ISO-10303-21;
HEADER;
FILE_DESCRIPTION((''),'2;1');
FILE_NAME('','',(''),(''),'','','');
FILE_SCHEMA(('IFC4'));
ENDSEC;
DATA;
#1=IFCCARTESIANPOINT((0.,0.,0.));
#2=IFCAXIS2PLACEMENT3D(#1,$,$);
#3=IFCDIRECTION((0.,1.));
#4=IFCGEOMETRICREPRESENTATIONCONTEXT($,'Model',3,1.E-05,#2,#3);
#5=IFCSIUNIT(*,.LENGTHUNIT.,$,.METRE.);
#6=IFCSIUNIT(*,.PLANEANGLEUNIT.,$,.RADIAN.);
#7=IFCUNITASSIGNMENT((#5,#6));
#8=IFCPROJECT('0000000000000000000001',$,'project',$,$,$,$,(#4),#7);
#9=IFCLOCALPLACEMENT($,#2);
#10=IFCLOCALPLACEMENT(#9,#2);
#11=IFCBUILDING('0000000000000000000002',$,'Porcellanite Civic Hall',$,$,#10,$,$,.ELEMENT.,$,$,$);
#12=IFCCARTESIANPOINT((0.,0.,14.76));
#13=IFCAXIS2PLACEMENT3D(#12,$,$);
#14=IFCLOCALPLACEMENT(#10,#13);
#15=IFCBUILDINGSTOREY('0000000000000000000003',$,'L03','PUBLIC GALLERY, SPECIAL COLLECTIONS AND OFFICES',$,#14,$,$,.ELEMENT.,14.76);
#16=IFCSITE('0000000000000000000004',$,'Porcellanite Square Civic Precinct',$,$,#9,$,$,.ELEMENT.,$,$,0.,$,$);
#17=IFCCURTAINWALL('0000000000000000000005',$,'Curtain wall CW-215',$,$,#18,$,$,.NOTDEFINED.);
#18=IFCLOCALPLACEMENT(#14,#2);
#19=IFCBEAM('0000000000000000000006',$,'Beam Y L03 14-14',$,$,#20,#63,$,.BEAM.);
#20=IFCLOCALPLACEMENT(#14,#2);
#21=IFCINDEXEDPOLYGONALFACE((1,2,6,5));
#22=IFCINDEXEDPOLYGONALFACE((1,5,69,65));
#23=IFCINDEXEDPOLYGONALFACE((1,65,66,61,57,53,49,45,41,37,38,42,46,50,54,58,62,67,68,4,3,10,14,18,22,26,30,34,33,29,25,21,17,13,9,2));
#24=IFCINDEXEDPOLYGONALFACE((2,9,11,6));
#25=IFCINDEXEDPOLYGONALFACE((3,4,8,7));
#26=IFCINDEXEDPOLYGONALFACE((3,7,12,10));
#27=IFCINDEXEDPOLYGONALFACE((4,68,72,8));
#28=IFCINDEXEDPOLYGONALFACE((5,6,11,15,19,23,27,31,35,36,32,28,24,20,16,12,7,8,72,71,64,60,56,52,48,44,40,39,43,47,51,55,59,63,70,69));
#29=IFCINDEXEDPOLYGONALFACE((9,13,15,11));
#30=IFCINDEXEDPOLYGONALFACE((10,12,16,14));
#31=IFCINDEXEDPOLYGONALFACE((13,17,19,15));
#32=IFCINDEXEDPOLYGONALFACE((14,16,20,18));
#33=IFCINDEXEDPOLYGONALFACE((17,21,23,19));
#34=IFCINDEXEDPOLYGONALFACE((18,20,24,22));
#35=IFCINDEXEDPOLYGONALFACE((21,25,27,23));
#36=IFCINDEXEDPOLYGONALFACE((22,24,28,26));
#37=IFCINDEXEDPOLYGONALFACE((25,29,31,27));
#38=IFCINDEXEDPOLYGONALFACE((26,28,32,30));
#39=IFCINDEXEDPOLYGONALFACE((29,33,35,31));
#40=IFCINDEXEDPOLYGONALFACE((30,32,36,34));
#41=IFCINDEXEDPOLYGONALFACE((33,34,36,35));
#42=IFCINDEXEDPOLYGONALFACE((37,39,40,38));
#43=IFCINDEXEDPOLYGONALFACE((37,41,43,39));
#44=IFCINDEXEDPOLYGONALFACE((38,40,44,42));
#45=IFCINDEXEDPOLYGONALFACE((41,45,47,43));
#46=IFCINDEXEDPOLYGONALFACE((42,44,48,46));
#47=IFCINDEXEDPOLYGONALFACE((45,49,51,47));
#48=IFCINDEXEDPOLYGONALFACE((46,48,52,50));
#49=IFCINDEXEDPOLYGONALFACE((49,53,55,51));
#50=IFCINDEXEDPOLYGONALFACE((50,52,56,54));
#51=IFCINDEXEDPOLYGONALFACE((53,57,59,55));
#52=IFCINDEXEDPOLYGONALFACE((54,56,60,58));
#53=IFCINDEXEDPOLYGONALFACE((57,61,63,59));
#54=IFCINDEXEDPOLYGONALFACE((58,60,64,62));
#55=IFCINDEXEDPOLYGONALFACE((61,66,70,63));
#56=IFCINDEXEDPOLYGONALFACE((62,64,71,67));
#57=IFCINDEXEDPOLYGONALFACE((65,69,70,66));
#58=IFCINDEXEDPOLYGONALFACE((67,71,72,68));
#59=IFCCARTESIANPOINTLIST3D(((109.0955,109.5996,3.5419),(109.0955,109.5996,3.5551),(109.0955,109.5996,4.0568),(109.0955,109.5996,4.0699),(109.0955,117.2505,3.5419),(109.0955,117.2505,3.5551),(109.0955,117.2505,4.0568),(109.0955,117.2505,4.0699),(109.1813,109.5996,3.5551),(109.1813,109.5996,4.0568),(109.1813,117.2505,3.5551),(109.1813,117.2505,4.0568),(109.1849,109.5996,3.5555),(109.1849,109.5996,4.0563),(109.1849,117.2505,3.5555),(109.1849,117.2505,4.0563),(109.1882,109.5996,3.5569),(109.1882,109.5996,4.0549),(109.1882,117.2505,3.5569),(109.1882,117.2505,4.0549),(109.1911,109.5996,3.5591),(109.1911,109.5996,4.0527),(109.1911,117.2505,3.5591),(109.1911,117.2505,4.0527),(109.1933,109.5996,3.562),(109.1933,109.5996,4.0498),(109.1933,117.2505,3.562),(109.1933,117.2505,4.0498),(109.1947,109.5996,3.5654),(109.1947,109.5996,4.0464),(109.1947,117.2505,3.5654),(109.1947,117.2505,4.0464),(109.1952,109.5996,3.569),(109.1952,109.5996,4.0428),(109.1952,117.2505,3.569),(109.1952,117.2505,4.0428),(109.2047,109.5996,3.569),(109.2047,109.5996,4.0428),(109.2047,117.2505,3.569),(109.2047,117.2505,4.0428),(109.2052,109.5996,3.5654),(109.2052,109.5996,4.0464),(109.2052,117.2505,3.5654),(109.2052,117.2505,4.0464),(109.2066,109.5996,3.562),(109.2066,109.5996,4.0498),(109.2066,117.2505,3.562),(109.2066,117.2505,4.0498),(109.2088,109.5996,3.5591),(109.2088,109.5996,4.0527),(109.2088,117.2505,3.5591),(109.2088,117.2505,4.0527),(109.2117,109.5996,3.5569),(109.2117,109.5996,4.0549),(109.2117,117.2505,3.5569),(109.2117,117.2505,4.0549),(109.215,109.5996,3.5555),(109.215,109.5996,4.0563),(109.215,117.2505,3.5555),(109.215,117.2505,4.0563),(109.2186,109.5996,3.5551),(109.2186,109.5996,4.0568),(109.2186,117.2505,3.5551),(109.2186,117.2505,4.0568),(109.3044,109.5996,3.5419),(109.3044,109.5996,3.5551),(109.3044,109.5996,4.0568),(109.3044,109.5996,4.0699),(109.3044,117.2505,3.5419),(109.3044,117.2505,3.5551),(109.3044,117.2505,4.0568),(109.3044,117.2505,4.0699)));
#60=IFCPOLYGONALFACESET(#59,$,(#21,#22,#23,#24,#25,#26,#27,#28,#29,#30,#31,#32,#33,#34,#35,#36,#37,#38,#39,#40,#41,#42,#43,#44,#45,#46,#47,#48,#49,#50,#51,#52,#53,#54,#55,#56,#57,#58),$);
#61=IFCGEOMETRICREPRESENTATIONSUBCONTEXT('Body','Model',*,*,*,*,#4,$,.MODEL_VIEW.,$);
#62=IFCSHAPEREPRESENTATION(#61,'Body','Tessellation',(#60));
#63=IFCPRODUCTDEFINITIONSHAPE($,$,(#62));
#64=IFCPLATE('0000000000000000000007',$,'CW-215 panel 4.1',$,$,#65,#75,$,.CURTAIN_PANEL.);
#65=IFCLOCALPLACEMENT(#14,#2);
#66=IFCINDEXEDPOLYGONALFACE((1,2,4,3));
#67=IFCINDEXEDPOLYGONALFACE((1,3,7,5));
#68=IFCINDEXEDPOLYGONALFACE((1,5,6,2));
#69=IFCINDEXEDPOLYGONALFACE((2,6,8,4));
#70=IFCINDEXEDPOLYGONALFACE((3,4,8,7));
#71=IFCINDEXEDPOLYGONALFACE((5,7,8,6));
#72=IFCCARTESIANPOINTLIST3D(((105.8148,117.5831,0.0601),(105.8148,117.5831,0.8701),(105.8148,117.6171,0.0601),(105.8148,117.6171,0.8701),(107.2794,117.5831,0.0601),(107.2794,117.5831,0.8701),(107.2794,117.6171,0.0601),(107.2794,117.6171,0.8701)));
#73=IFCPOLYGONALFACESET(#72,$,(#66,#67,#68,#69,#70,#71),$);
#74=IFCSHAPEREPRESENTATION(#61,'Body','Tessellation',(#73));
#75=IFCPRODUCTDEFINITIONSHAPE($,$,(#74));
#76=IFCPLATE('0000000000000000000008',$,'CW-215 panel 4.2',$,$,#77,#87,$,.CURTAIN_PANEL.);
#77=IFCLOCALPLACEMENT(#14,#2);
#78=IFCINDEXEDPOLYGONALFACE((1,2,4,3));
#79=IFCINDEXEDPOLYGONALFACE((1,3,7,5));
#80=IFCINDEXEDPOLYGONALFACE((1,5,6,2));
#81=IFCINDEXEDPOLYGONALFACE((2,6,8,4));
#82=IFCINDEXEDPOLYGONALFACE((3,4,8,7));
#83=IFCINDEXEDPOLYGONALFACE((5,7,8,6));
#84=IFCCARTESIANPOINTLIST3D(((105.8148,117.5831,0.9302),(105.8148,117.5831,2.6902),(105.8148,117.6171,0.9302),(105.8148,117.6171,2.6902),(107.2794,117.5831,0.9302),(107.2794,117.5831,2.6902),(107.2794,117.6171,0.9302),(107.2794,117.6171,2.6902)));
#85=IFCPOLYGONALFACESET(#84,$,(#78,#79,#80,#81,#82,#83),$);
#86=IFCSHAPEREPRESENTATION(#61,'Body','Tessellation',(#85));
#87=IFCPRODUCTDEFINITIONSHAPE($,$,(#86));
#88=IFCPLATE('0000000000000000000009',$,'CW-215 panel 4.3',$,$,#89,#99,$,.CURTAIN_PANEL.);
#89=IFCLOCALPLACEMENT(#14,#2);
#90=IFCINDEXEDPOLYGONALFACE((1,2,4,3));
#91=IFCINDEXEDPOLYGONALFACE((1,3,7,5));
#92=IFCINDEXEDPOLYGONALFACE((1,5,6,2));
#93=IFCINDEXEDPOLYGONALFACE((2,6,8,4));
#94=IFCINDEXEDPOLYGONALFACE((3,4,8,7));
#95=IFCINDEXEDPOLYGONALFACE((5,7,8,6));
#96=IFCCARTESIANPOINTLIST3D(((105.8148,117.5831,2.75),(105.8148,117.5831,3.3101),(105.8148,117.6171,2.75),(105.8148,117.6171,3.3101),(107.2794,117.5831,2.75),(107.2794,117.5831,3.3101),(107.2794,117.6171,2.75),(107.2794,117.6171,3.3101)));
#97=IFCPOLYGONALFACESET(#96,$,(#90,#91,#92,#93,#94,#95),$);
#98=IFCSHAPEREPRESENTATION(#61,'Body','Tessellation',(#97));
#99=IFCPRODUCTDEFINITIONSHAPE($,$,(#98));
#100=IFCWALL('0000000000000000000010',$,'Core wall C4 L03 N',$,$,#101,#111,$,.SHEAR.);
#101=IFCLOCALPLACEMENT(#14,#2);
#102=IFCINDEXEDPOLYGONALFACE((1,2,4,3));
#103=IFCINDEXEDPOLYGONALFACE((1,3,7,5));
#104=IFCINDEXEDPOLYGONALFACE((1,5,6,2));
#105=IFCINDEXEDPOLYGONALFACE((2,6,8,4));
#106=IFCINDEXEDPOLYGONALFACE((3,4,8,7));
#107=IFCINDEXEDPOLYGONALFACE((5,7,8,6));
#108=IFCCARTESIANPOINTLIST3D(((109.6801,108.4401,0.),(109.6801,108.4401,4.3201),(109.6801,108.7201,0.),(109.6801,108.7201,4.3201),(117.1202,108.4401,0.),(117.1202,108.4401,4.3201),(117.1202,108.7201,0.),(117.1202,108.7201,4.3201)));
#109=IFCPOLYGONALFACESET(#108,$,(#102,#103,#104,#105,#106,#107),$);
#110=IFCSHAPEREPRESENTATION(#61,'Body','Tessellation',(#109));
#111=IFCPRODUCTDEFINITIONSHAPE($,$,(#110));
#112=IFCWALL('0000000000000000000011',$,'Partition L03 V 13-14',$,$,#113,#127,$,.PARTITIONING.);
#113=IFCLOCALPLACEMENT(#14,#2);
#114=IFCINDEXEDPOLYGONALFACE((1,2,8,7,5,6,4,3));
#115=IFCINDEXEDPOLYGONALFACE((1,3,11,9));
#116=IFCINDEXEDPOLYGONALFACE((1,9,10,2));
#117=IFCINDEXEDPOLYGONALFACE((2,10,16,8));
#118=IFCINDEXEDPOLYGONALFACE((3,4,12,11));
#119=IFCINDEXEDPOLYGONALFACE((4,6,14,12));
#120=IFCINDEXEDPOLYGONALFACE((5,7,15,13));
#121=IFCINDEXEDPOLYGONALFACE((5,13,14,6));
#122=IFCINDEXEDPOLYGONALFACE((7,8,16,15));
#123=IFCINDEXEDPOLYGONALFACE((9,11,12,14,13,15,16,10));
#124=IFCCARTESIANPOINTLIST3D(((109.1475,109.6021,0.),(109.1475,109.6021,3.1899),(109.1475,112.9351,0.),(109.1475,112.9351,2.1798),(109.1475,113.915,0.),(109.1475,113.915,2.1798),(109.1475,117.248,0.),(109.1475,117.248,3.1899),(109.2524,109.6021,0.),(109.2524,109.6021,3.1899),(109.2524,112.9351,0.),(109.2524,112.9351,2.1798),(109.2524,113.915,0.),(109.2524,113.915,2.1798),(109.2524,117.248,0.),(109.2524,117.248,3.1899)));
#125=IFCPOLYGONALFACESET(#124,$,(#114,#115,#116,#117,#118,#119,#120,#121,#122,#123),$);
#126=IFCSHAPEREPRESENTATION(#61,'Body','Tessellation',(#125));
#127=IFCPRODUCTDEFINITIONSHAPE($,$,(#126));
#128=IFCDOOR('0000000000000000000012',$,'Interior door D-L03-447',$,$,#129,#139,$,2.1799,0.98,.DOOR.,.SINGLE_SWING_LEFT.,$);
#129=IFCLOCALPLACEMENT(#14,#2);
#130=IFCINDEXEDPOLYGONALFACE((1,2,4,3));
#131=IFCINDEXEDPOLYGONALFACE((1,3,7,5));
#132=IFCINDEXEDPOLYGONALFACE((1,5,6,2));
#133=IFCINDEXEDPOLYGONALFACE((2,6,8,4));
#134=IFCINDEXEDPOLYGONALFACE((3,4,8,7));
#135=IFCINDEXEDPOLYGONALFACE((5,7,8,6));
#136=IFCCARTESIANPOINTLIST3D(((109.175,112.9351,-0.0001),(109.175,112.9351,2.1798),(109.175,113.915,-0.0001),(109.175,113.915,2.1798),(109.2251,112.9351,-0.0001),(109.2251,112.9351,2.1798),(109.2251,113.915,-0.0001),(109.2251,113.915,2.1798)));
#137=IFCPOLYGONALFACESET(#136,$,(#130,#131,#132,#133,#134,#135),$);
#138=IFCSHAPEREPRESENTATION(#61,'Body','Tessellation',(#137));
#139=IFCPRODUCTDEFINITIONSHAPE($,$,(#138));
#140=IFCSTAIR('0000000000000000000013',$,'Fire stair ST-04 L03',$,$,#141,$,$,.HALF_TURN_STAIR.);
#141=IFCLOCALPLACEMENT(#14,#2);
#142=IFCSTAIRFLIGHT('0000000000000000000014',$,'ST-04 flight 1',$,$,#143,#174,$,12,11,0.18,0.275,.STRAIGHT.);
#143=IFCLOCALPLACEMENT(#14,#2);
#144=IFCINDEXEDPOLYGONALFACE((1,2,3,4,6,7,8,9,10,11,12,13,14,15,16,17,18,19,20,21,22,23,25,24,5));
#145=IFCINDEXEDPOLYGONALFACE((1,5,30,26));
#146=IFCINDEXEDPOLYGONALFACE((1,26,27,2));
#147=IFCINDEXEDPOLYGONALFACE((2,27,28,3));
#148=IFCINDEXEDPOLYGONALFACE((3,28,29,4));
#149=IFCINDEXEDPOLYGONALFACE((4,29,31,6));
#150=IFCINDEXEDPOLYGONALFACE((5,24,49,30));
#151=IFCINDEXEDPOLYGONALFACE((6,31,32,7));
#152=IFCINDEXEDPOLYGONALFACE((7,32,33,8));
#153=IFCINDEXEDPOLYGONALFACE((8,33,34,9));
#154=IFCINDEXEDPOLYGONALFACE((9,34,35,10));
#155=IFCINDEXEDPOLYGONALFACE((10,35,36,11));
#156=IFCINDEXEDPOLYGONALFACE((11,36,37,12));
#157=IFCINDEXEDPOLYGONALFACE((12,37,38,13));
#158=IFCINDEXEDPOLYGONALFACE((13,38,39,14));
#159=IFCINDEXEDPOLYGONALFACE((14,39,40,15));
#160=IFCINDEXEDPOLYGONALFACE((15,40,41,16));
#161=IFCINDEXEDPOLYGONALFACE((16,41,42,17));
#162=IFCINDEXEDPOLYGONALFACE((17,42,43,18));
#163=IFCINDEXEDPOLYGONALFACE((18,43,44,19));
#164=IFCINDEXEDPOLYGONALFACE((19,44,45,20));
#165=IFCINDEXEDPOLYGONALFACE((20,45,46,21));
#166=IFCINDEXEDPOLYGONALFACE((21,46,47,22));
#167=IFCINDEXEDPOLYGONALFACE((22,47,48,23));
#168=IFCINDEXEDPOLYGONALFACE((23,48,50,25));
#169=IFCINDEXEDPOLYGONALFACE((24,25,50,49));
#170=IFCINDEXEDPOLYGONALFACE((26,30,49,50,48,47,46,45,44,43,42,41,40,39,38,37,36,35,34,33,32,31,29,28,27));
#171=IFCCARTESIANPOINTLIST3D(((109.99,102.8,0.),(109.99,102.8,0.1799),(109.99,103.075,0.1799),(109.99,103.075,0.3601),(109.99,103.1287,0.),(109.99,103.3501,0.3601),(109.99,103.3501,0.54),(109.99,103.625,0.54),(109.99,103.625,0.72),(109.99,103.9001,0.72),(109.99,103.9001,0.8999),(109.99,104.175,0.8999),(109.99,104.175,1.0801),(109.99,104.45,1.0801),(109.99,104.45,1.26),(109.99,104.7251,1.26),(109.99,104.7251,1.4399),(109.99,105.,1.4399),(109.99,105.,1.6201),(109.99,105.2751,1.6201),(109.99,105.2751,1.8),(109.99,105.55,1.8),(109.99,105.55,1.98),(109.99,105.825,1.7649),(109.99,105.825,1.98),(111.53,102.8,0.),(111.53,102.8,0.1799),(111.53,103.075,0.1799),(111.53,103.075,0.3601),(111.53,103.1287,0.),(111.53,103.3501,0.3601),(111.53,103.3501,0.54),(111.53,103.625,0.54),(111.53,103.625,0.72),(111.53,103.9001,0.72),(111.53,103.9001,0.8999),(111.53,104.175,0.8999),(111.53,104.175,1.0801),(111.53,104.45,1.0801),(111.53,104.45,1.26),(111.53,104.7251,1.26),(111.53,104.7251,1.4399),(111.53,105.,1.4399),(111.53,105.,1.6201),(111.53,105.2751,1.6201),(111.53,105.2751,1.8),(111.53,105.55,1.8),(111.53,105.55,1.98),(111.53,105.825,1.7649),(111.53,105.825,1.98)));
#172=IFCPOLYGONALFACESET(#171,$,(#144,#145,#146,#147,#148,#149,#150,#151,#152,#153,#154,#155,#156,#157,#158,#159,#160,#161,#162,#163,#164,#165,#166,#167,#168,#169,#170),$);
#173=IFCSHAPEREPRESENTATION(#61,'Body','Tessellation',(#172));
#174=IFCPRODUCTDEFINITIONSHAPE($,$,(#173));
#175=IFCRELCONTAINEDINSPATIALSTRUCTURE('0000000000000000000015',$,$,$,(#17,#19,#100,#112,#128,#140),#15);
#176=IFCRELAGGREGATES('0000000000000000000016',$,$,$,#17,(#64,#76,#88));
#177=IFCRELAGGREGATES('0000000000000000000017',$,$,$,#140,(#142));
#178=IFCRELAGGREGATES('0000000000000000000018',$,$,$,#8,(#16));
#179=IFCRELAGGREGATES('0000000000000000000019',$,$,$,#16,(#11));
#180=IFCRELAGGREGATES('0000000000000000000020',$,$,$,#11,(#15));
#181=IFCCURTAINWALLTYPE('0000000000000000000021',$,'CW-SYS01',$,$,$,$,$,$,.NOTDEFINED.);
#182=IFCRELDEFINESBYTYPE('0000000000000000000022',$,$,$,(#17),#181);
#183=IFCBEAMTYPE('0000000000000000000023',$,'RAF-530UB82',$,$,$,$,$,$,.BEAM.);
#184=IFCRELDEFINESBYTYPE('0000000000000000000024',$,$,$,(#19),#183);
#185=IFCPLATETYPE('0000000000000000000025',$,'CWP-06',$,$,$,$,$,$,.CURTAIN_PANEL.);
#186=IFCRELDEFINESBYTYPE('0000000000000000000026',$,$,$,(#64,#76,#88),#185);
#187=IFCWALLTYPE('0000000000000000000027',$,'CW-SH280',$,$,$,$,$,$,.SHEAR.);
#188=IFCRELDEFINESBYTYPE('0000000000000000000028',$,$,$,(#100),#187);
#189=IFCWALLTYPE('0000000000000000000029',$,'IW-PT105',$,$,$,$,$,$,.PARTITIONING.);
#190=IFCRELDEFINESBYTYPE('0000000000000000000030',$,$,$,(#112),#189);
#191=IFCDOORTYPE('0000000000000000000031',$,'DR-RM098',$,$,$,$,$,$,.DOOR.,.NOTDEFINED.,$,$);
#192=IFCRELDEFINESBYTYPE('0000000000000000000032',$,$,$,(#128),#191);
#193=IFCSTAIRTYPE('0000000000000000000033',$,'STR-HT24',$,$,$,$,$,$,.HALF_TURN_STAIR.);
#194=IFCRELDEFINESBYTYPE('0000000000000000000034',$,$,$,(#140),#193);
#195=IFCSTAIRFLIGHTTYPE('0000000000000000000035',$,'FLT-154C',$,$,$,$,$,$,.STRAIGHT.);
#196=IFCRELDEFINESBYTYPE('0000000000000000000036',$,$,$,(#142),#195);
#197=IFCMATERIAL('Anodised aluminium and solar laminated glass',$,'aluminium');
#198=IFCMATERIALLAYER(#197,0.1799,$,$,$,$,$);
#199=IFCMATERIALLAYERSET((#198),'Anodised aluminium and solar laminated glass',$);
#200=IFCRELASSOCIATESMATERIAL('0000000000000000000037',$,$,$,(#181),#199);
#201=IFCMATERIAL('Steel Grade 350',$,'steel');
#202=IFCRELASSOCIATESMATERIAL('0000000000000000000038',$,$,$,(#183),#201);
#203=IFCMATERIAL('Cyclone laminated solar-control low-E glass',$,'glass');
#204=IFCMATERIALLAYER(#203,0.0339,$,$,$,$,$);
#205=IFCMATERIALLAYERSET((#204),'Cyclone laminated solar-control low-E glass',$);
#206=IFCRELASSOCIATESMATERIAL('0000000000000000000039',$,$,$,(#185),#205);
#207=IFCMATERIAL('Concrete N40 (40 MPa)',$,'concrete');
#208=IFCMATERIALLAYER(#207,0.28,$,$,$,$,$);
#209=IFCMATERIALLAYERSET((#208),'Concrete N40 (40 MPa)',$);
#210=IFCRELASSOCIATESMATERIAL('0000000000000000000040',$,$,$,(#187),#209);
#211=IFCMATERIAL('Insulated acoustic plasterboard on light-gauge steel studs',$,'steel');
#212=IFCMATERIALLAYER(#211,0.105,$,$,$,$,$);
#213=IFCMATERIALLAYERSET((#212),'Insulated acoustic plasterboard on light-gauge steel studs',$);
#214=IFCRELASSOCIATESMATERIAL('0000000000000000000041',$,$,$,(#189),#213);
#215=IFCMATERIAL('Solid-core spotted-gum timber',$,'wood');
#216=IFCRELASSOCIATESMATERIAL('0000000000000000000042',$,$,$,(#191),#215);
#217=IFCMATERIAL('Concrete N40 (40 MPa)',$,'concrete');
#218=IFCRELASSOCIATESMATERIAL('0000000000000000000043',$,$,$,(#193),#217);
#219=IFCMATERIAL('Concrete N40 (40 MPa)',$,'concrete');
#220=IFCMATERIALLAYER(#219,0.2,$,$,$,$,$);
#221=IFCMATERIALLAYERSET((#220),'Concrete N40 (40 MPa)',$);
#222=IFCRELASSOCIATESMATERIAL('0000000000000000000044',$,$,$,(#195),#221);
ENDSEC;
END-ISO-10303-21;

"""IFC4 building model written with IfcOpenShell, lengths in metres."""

from ifc_helpers import new_model, si_unit, direction, frame, frame_2d, origin, origin_2d, place, context, subcontext, project, spatial, polyline, rectangle, i_section, outline, extrude, material, layer, layer_set, material_profile, profile_set, type_object, element, fill, aggregate, save


model = new_model("IFC4")

# Units and contexts
model_context = context("Model", 3, precision=1e-05, world=origin(), true_north=direction((0.0, 1.0)))
body_context = subcontext(model_context, "Body", "Model", "MODEL_VIEW")
ifc_project = project(units=[si_unit("LENGTHUNIT", "METRE"), si_unit("PLANEANGLEUNIT", "RADIAN")], contexts=[model_context])

# Site, building, storey
site_placement = place(None, origin())
site = spatial("IfcSite", under=ifc_project, at=site_placement, Name="Porcellanite Square Civic Precinct", CompositionType="ELEMENT", RefElevation=0.0)
building_placement = place(site_placement, origin())
building = spatial("IfcBuilding", under=site, at=building_placement, Name="Porcellanite Civic Hall", CompositionType="ELEMENT")
storey_placement = place(building_placement, frame((0.0, 0.0, 14.76)))
storey = spatial("IfcBuildingStorey", under=building, at=storey_placement, Name="L03", Description="PUBLIC GALLERY, SPECIAL COLLECTIONS AND OFFICES", CompositionType="ELEMENT", Elevation=14.76)

# Curtain wall
ifc_material_1 = material(Name="Anodised aluminium and solar laminated glass", Category="aluminium")
ifc_layer_1 = layer(ifc_material_1, 0.1799)
ifc_layer_set_1 = layer_set([ifc_layer_1], Name="Anodised aluminium and solar laminated glass")
curtain_wall_type = type_object("IfcCurtainWallType", Name="CW-SYS01", PredefinedType="NOTDEFINED", material=ifc_layer_set_1)
curtain_wall_placement = place(storey_placement, origin())
curtain_wall = element("IfcCurtainWall", 1, at=curtain_wall_placement, inside=storey, type_object=curtain_wall_type, Name="Curtain wall CW-215", PredefinedType="NOTDEFINED")

# Beam
ifc_material_2 = material(Name="Steel Grade 350", Category="steel")
ifc_material_profile_1 = material_profile(ifc_material_2, i_section(OverallWidth=0.209, OverallDepth=0.5281, WebThickness=0.0095, FlangeThickness=0.0132, FilletRadius=0.0139, at=origin_2d()), Name="530UB82.0")
ifc_profile_set_1 = profile_set([ifc_material_profile_1], Name="Steel Grade 350")
beam_type_1 = type_object("IfcBeamType", Name="RAF-530UB82", PredefinedType="BEAM", material=ifc_profile_set_1)
beam_1_placement = place(storey_placement, frame((109.2, 109.5996, 3.8059), z_axis=(0.0, 1.0, 0.0), x_axis=(-1.0, 0.0, 0.0)))
element("IfcBeam", 2, at=beam_1_placement, inside=storey, type_object=beam_type_1, Name="Beam Y L03 14-14", PredefinedType="BEAM", context=body_context, shape_type="SweptSolid", body=[
    extrude(i_section(OverallWidth=0.209, OverallDepth=0.5281, WebThickness=0.0095, FlangeThickness=0.0132, FilletRadius=0.0139, at=origin_2d()), origin(), (0.0, 0.0, 1.0), 7.6509),
])

# Plates
ifc_material_3 = material(Name="Cyclone laminated solar-control low-E glass", Category="glass")
ifc_layer_2 = layer(ifc_material_3, 0.0339)
ifc_layer_set_2 = layer_set([ifc_layer_2], Name="Cyclone laminated solar-control low-E glass")
plate_type = type_object("IfcPlateType", Name="CWP-06", PredefinedType="CURTAIN_PANEL", material=ifc_layer_set_2)
plate_1_placement = place(storey_placement, frame((106.5471, 117.6001, 0.0601), z_axis=(0.0, 0.0, 1.0), x_axis=(1.0, 0.0, 0.0)))
plate_1 = element("IfcPlate", 3, at=plate_1_placement, type_object=plate_type, Name="CW-215 panel 4.1", PredefinedType="CURTAIN_PANEL", context=body_context, shape_type="SweptSolid", body=[
    extrude(rectangle(XDim=1.4646, YDim=0.0339, at=origin_2d()), origin(), (0.0, 0.0, 1.0), 0.8101),
])
plate_2_placement = place(storey_placement, frame((106.5471, 117.6001, 0.9302), z_axis=(0.0, 0.0, 1.0), x_axis=(1.0, 0.0, 0.0)))
plate_2 = element("IfcPlate", 4, at=plate_2_placement, type_object=plate_type, Name="CW-215 panel 4.2", PredefinedType="CURTAIN_PANEL", context=body_context, shape_type="SweptSolid", body=[
    extrude(rectangle(XDim=1.4646, YDim=0.0339, at=origin_2d()), origin(), (0.0, 0.0, 1.0), 1.76),
])
plate_3_placement = place(storey_placement, frame((106.5471, 117.6001, 2.75), z_axis=(0.0, 0.0, 1.0), x_axis=(1.0, 0.0, 0.0)))
plate_3 = element("IfcPlate", 5, at=plate_3_placement, type_object=plate_type, Name="CW-215 panel 4.3", PredefinedType="CURTAIN_PANEL", context=body_context, shape_type="SweptSolid", body=[
    extrude(rectangle(XDim=1.4646, YDim=0.0339, at=origin_2d()), origin(), (0.0, 0.0, 1.0), 0.5601),
])
aggregate(curtain_wall, [plate_1, plate_2, plate_3])

# Wall
ifc_material_4 = material(Name="Concrete N40 (40 MPa)", Category="concrete")
ifc_layer_3 = layer(ifc_material_4, 0.28)
ifc_layer_set_3 = layer_set([ifc_layer_3], Name="Concrete N40 (40 MPa)")
wall_type_1 = type_object("IfcWallType", Name="CW-SH280", PredefinedType="SHEAR", material=ifc_layer_set_3)
wall_1_placement = place(storey_placement, frame((109.6799, 108.5801, 0.0), z_axis=(0.0, 0.0, 1.0), x_axis=(1.0, 0.0, 0.0)))
element("IfcWall", 6, at=wall_1_placement, inside=storey, type_object=wall_type_1, Name="Core wall C4 L03 N", PredefinedType="SHEAR", context=body_context, shape_type="SweptSolid", body=[
    extrude(rectangle(XDim=7.4402, YDim=0.28, at=frame_2d((3.7202, 0.0))), origin(), (0.0, 0.0, 1.0), 4.3201),
])

# Wall, opening, door
ifc_material_5 = material(Name="Insulated acoustic plasterboard on light-gauge steel studs", Category="steel")
ifc_layer_4 = layer(ifc_material_5, 0.105)
ifc_layer_set_4 = layer_set([ifc_layer_4], Name="Insulated acoustic plasterboard on light-gauge steel studs")
wall_type_2 = type_object("IfcWallType", Name="IW-PT105", PredefinedType="PARTITIONING", material=ifc_layer_set_4)
wall_2_placement = place(storey_placement, frame((109.2, 109.6021, 0.0), z_axis=(0.0, 0.0, 1.0), x_axis=(0.0, 1.0, 0.0)))
wall_2 = element("IfcWall", 7, at=wall_2_placement, inside=storey, type_object=wall_type_2, Name="Partition L03 V 13-14", PredefinedType="PARTITIONING", context=body_context, shape_type="SweptSolid", body=[
    extrude(rectangle(XDim=7.646, YDim=0.105, at=frame_2d((3.823, 0.0))), origin(), (0.0, 0.0, 1.0), 3.1899),
])
opening_1_placement = place(wall_2_placement, frame((3.333, 0.0, 0.0)))
opening_1 = element("IfcOpeningElement", 8, at=opening_1_placement, cuts=wall_2, PredefinedType="OPENING", context=body_context, shape_type="SweptSolid", body=[
    extrude(rectangle(XDim=0.98, YDim=2.1799, at=frame_2d((0.49, 1.0898))), frame((0.0, 0.0525, 0.0), z_axis=(0.0, -1.0, 0.0), x_axis=(1.0, 0.0, 0.0)), (0.0, 0.0, 1.0), 0.105),
])
ifc_material_6 = material(Name="Solid-core spotted-gum timber", Category="wood")
door_type_1 = type_object("IfcDoorType", Name="DR-RM098", OperationType="NOTDEFINED", PredefinedType="DOOR", material=ifc_material_6)
door_1_placement = place(opening_1_placement, origin())
door_1 = element("IfcDoor", 9, at=door_1_placement, inside=storey, type_object=door_type_1, Name="Interior door D-L03-447", OperationType="SINGLE_SWING_LEFT", OverallHeight=2.1799, OverallWidth=0.98, PredefinedType="DOOR", context=body_context, shape_type="SweptSolid", body=[
    extrude(rectangle(XDim=0.98, YDim=2.1799, at=frame_2d((0.49, 1.0898))), frame((0.0, 0.0249, 0.0), z_axis=(0.0, -1.0, 0.0), x_axis=(1.0, 0.0, 0.0)), (0.0, 0.0, 1.0), 0.05),
])
fill(opening_1, door_1)

# Stair, stair flight
ifc_material_7 = material(Name="Concrete N40 (40 MPa)", Category="concrete")
stair_type = type_object("IfcStairType", Name="STR-HT24", PredefinedType="HALF_TURN_STAIR", material=ifc_material_7)
stair_placement = place(storey_placement, origin())
stair = element("IfcStair", 10, at=stair_placement, inside=storey, type_object=stair_type, Name="Fire stair ST-04 L03", PredefinedType="HALF_TURN_STAIR")
ifc_material_8 = material(Name="Concrete N40 (40 MPa)", Category="concrete")
ifc_layer_5 = layer(ifc_material_8, 0.2)
ifc_layer_set_5 = layer_set([ifc_layer_5], Name="Concrete N40 (40 MPa)")
stair_flight_type = type_object("IfcStairFlightType", Name="FLT-154C", PredefinedType="STRAIGHT", material=ifc_layer_set_5)
stair_flight_1_placement = place(storey_placement, frame((110.76, 102.8, 0.0), z_axis=(0.0, 0.0, 1.0), x_axis=(0.0, 1.0, 0.0)))
stair_flight_1 = element("IfcStairFlight", 11, at=stair_flight_1_placement, type_object=stair_flight_type, Name="ST-04 flight 1", NumberOfRisers=12, NumberOfTreads=11, PredefinedType="STRAIGHT", RiserHeight=0.18, TreadLength=0.275, context=body_context, shape_type="SweptSolid", body=[
    extrude(outline(polyline([(0.0, 0.0), (0.0, 0.1799), (0.2749, 0.1799), (0.2749, 0.3601), (0.55, 0.3601), (0.55, 0.54), (0.825, 0.54), (0.825, 0.72), (1.1001, 0.72), (1.1001, 0.8999), (1.375, 0.8999), (1.375, 1.0801), (1.6499, 1.0801), (1.6499, 1.26), (1.925, 1.26), (1.925, 1.4399), (2.2, 1.4399), (2.2, 1.6201), (2.4751, 1.6201), (2.4751, 1.8), (2.75, 1.8), (2.75, 1.98), (3.0249, 1.98), (3.0249, 2.1599), (3.0249, 1.7649), (0.3286, 0.0), (0.0, 0.0)])), frame((0.0, 0.77, 0.0), z_axis=(0.0, -1.0, 0.0), x_axis=(1.0, 0.0, 0.0)), (0.0, 0.0, 1.0), 1.54),
])
aggregate(stair, [stair_flight_1])

save(model, "model.ifc")
